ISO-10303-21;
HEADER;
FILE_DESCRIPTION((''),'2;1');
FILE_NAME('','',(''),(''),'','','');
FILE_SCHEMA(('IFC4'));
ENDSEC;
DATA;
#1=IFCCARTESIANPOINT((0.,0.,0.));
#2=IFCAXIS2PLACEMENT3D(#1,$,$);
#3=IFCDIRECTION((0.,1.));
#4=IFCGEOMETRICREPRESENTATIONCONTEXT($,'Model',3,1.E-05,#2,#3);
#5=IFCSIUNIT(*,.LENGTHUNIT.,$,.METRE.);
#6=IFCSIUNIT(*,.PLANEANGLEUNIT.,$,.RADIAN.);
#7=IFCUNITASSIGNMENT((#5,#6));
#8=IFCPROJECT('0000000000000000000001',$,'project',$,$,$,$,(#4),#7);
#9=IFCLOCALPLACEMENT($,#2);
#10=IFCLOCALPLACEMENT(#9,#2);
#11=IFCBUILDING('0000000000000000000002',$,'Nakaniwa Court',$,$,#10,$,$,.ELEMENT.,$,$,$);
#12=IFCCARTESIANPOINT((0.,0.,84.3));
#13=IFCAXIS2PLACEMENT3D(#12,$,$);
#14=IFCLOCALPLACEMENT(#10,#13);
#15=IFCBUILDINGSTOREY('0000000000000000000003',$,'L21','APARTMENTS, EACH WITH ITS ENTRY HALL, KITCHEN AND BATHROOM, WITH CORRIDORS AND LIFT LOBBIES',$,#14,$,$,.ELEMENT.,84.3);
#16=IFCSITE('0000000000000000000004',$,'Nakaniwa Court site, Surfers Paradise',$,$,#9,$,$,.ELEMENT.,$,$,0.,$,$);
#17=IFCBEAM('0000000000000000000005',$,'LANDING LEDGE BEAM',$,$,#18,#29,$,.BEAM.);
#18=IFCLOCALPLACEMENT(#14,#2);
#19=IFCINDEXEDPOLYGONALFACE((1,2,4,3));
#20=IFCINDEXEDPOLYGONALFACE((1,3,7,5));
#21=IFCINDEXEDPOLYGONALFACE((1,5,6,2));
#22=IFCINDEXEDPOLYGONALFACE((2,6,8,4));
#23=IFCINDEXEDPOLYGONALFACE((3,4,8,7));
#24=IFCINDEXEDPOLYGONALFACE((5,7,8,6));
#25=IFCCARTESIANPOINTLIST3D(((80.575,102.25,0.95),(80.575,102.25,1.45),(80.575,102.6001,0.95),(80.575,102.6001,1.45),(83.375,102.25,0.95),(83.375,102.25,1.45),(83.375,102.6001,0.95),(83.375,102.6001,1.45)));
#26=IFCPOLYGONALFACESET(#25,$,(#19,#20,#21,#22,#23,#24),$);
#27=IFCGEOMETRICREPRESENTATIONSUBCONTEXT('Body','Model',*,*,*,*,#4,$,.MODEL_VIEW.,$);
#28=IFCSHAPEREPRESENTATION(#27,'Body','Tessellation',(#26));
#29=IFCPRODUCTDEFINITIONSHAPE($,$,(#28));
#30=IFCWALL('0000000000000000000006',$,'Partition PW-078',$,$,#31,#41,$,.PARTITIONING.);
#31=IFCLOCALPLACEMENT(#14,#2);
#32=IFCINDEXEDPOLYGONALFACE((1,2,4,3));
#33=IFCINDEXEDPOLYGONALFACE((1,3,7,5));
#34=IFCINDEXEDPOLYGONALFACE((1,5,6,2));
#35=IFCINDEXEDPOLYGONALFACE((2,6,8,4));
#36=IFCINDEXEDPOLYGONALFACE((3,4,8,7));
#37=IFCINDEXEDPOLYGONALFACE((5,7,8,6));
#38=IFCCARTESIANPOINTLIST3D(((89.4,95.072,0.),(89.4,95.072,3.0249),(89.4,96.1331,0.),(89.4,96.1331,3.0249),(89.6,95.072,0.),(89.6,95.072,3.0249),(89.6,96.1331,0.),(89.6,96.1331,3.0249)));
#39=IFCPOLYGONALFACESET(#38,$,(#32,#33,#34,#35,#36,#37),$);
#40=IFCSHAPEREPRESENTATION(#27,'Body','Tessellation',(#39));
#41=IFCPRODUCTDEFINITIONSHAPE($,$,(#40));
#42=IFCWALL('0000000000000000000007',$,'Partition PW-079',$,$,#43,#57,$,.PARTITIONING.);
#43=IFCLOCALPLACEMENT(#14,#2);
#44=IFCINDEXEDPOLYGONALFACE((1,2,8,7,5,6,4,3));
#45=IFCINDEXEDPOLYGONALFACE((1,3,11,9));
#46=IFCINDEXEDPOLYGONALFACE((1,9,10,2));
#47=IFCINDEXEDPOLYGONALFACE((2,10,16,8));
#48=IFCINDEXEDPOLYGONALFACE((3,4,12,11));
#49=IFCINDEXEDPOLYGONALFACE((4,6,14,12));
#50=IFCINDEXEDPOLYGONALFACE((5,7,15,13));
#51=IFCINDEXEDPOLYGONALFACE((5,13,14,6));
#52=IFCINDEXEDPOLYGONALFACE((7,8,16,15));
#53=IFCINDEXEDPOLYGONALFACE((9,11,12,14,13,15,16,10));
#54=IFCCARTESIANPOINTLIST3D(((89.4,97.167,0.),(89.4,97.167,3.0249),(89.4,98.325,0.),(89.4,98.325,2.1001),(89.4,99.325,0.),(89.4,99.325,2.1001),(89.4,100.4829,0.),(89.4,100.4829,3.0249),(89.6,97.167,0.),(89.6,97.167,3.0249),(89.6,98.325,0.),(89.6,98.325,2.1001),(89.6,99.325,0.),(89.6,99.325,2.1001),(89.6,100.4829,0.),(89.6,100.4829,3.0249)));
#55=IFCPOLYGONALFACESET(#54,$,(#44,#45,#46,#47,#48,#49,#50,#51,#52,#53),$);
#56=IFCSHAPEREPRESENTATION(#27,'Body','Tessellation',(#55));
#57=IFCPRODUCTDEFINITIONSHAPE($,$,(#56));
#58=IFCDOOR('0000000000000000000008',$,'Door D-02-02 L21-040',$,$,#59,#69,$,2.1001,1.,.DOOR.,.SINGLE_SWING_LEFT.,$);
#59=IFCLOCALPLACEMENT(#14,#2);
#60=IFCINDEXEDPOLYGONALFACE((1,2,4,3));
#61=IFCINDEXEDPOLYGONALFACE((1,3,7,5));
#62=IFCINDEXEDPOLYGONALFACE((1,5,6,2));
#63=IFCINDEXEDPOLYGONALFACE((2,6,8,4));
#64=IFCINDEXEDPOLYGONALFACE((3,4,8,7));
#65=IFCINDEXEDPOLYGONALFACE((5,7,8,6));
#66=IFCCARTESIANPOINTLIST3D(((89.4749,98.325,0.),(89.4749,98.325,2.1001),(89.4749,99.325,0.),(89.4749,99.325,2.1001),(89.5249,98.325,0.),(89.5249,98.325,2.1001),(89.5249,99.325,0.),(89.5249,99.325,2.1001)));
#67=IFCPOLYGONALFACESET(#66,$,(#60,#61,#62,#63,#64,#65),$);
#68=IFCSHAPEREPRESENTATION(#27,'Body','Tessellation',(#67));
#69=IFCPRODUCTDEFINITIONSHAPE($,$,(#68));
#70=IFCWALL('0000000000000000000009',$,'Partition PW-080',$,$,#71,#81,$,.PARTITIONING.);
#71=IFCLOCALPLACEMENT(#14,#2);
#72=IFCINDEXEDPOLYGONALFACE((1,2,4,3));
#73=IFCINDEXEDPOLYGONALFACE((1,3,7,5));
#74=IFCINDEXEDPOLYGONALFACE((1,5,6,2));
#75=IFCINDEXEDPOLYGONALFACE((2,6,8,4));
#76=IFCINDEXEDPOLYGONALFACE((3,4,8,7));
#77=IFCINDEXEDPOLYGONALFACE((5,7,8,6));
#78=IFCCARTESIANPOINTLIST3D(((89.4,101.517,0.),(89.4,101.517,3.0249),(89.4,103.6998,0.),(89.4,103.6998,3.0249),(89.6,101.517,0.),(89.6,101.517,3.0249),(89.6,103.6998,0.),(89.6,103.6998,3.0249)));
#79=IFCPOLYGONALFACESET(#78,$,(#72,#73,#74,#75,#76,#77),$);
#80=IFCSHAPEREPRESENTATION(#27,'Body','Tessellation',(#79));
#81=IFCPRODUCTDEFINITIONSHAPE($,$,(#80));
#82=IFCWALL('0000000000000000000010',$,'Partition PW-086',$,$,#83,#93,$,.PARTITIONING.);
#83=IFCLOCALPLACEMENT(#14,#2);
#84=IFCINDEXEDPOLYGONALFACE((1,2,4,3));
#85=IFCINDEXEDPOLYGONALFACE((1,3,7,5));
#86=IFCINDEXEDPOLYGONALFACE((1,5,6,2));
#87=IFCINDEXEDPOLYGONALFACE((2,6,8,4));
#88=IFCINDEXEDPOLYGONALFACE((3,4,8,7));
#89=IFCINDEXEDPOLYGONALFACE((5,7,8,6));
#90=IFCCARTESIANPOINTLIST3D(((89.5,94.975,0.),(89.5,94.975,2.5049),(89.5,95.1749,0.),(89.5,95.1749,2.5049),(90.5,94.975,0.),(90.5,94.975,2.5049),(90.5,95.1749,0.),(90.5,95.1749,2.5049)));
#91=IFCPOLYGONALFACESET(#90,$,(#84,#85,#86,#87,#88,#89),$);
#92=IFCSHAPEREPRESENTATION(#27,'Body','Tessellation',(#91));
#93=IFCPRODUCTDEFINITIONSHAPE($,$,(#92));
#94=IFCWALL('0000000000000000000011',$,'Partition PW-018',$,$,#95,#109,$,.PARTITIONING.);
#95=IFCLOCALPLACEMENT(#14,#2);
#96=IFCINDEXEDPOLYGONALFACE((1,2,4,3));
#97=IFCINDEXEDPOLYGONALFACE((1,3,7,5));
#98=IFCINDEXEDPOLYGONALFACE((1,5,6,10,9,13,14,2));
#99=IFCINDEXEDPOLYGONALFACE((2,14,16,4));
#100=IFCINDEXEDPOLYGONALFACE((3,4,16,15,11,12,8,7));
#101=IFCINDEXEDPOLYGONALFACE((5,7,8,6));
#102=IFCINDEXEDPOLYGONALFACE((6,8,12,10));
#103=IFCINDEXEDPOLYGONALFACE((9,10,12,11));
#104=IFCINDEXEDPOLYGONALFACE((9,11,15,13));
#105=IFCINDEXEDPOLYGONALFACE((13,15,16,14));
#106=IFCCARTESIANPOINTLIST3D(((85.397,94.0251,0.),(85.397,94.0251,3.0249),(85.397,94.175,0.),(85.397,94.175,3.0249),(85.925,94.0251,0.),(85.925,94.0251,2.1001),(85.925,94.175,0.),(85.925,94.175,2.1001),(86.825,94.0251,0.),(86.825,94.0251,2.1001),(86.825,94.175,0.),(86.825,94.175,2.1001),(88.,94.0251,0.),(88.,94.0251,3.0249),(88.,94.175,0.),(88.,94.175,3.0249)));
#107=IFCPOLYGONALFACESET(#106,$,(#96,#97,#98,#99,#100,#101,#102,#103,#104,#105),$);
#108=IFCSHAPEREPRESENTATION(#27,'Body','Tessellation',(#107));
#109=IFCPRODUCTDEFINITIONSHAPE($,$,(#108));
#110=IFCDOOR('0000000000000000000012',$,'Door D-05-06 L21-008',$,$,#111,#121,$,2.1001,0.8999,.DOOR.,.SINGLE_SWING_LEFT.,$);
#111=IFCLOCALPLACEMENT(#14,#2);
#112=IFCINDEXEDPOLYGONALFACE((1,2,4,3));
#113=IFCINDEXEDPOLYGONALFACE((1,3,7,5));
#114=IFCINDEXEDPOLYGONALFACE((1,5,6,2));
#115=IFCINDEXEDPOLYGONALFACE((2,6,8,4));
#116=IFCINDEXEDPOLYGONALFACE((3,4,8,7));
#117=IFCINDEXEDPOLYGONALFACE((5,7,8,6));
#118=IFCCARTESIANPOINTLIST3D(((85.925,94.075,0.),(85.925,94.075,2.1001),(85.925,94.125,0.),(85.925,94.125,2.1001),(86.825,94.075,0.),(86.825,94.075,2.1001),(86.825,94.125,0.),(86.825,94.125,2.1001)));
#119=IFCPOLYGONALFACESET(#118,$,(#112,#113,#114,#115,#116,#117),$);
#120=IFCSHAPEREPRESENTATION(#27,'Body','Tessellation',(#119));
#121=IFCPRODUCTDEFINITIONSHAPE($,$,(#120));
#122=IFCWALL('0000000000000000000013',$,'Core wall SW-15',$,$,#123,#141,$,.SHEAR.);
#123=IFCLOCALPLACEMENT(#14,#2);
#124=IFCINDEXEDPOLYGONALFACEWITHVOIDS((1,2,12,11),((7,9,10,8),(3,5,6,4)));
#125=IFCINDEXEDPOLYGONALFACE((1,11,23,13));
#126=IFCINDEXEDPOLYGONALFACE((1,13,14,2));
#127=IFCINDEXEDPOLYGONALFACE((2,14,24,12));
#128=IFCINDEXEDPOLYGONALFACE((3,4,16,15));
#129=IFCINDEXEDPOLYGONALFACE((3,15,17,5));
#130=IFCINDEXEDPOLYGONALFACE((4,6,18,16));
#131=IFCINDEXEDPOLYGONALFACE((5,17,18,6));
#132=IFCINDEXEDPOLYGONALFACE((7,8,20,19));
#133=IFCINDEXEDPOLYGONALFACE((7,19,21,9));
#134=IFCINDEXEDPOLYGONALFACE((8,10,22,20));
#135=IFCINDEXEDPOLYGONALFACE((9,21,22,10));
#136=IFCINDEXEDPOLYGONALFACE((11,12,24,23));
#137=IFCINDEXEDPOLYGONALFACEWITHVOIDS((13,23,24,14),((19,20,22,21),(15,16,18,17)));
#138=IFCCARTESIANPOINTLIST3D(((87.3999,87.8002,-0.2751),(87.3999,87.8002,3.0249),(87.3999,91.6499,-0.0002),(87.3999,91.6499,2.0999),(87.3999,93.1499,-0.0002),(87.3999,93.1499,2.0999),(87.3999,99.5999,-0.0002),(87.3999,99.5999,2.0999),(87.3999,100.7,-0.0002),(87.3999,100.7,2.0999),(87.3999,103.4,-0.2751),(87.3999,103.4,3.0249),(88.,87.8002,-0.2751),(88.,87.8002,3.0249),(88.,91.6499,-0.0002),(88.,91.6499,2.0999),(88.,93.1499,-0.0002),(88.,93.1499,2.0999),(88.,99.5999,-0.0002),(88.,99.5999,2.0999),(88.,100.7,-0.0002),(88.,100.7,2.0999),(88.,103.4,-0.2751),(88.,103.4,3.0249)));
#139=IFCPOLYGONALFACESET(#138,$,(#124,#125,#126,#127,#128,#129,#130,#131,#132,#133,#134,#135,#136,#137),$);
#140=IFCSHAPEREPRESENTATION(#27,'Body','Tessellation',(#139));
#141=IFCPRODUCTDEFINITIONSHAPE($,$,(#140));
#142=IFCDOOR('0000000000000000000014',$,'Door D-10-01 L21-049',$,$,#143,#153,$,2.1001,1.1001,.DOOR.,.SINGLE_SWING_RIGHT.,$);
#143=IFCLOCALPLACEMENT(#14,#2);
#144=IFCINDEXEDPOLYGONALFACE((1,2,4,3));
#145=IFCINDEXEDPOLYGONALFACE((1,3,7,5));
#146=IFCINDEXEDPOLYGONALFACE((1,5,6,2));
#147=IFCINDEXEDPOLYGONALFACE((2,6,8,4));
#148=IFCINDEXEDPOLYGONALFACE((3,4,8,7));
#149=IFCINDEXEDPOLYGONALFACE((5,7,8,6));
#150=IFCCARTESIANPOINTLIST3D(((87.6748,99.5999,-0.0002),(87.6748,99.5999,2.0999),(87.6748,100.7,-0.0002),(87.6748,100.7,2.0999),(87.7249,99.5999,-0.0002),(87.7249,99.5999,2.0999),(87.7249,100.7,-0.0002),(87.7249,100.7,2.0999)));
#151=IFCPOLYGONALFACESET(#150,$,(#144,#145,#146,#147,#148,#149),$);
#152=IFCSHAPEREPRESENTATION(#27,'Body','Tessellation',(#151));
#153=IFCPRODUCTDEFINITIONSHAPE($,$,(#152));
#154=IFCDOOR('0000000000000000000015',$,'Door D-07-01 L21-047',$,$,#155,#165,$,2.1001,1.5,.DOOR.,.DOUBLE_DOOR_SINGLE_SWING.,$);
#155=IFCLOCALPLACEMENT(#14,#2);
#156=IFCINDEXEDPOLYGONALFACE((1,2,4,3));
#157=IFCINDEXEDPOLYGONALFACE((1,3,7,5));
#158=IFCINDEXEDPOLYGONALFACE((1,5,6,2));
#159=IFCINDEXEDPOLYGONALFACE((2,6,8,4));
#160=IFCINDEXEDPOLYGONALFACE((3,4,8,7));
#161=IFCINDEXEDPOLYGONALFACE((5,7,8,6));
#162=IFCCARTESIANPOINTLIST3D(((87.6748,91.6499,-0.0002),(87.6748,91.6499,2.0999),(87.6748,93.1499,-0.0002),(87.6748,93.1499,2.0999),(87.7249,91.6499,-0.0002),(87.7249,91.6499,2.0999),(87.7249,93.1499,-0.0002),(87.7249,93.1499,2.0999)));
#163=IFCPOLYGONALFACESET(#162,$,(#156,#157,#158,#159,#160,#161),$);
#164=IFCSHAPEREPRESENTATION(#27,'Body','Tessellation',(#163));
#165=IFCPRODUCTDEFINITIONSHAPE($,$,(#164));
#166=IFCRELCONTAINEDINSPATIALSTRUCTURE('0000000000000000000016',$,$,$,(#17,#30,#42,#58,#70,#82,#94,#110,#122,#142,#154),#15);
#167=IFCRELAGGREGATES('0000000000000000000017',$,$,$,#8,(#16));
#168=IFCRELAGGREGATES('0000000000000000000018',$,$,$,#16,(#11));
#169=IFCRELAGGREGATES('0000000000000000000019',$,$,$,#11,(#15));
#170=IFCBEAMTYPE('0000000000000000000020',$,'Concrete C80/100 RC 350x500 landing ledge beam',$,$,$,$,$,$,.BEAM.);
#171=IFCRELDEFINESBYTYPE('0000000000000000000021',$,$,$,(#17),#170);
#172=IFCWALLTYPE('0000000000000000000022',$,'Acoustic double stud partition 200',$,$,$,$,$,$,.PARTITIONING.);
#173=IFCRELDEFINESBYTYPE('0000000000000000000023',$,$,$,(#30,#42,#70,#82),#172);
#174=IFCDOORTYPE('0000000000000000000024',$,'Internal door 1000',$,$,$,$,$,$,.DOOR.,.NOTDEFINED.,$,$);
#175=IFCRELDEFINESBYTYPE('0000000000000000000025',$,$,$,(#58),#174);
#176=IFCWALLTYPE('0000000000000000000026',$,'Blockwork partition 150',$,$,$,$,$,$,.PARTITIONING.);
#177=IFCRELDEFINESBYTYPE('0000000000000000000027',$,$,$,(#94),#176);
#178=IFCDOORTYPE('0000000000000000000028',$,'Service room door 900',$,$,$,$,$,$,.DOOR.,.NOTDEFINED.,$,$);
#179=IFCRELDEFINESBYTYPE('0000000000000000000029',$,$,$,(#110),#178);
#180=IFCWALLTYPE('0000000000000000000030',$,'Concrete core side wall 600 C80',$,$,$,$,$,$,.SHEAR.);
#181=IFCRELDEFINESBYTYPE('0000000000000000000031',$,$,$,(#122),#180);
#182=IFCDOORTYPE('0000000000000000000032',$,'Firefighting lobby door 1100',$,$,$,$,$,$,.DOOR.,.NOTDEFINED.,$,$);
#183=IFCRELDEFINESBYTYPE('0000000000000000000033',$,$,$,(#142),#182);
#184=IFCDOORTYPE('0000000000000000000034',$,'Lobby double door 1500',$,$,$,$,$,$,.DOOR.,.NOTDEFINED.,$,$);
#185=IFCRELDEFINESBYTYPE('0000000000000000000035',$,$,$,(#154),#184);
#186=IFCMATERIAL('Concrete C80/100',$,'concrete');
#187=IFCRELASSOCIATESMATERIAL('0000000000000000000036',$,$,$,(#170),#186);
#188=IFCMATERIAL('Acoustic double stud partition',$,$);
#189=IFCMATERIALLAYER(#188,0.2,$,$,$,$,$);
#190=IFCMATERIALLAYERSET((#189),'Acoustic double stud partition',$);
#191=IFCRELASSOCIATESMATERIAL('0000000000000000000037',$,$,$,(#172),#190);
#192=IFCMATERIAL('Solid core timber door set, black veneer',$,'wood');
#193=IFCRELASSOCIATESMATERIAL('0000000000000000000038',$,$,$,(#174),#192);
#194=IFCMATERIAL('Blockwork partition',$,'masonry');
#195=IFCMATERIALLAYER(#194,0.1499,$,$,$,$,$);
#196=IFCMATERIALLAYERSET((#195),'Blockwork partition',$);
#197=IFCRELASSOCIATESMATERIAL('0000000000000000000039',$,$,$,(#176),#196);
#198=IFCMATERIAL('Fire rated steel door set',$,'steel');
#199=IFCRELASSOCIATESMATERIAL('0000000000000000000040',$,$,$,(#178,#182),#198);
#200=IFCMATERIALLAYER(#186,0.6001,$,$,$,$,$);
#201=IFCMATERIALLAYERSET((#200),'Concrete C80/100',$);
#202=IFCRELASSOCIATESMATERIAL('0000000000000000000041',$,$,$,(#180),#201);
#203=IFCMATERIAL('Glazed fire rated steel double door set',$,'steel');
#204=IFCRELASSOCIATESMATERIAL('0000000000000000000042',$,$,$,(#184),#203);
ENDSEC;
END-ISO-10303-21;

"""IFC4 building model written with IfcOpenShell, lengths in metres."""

from ifc_helpers import new_model, si_unit, direction, frame, frame_2d, origin, origin_2d, place, context, subcontext, project, spatial, rectangle, extrude, material, layer, layer_set, material_profile, profile_set, type_object, element, fill, save


model = new_model("IFC4")

# Units and contexts
model_context = context("Model", 3, precision=1e-05, world=origin(), true_north=direction((0.0, 1.0)))
body_context = subcontext(model_context, "Body", "Model", "MODEL_VIEW")
ifc_project = project(units=[si_unit("LENGTHUNIT", "METRE"), si_unit("PLANEANGLEUNIT", "RADIAN")], contexts=[model_context])

# Site, building, storey
site_placement = place(None, origin())
site = spatial("IfcSite", under=ifc_project, at=site_placement, Name="Nakaniwa Court site, Surfers Paradise", CompositionType="ELEMENT", RefElevation=0.0)
building_placement = place(site_placement, origin())
building = spatial("IfcBuilding", under=site, at=building_placement, Name="Nakaniwa Court", CompositionType="ELEMENT")
storey_placement = place(building_placement, frame((0.0, 0.0, 84.3)))
storey = spatial("IfcBuildingStorey", under=building, at=storey_placement, Name="L21", Description="APARTMENTS, EACH WITH ITS ENTRY HALL, KITCHEN AND BATHROOM, WITH CORRIDORS AND LIFT LOBBIES", CompositionType="ELEMENT", Elevation=84.3)

# Beam
ifc_material_1 = material(Name="Concrete C80/100", Category="concrete")
ifc_material_profile = material_profile(ifc_material_1, rectangle(XDim=0.3501, YDim=0.5, at=origin_2d()), Name="Concrete C80/100 RC 350x500 landing ledge beam")
ifc_profile_set = profile_set([ifc_material_profile], Name="Concrete C80/100")
beam_type = type_object("IfcBeamType", Name="Concrete C80/100 RC 350x500 landing ledge beam", PredefinedType="BEAM", material=ifc_profile_set)
beam_placement = place(storey_placement, frame((80.575, 102.425, 1.2), z_axis=(1.0, 0.0, 0.0), x_axis=(0.0, 1.0, 0.0)))
element("IfcBeam", 1, at=beam_placement, inside=storey, type_object=beam_type, Name="LANDING LEDGE BEAM", PredefinedType="BEAM", context=body_context, shape_type="SweptSolid", body=[
    extrude(rectangle(XDim=0.3501, YDim=0.5, at=origin_2d()), origin(), (0.0, 0.0, 1.0), 2.8),
])

# Wall
ifc_material_2 = material(Name="Acoustic double stud partition")
ifc_layer_1 = layer(ifc_material_2, 0.2)
ifc_layer_set_1 = layer_set([ifc_layer_1], Name="Acoustic double stud partition")
wall_type_1 = type_object("IfcWallType", Name="Acoustic double stud partition 200", PredefinedType="PARTITIONING", material=ifc_layer_set_1)
wall_1_placement = place(storey_placement, frame((89.5, 95.072, 0.0), z_axis=(0.0, 0.0, 1.0), x_axis=(0.0, 1.0, 0.0)))
element("IfcWall", 2, at=wall_1_placement, inside=storey, type_object=wall_type_1, Name="Partition PW-078", PredefinedType="PARTITIONING", context=body_context, shape_type="SweptSolid", body=[
    extrude(rectangle(XDim=1.061, YDim=0.2, at=frame_2d((0.5305, 0.0))), origin(), (0.0, 0.0, 1.0), 3.0249),
])

# Wall, opening, door
wall_2_placement = place(storey_placement, frame((89.5, 100.4829, 0.0), z_axis=(0.0, 0.0, 1.0), x_axis=(0.0, -1.0, 0.0)))
wall_2 = element("IfcWall", 3, at=wall_2_placement, inside=storey, type_object=wall_type_1, Name="Partition PW-079", PredefinedType="PARTITIONING", context=body_context, shape_type="SweptSolid", body=[
    extrude(rectangle(XDim=3.3159, YDim=0.2, at=frame_2d((1.658, 0.0))), origin(), (0.0, 0.0, 1.0), 3.0249),
])
opening_1_placement = place(wall_2_placement, frame((1.158, 0.0, 0.0)))
opening_1 = element("IfcOpeningElement", 4, at=opening_1_placement, cuts=wall_2, PredefinedType="OPENING", context=body_context, shape_type="SweptSolid", body=[
    extrude(rectangle(XDim=1.0, YDim=2.1001, at=frame_2d((0.5, 1.05))), frame((0.0, 0.1099, 0.0), z_axis=(0.0, -1.0, 0.0), x_axis=(1.0, 0.0, 0.0)), (0.0, 0.0, 1.0), 0.22),
])
ifc_material_3 = material(Name="Solid core timber door set, black veneer", Category="wood")
door_type_1 = type_object("IfcDoorType", Name="Internal door 1000", OperationType="NOTDEFINED", PredefinedType="DOOR", material=ifc_material_3)
door_1_placement = place(opening_1_placement, origin())
door_1 = element("IfcDoor", 5, at=door_1_placement, inside=storey, type_object=door_type_1, Name="Door D-02-02 L21-040", OperationType="SINGLE_SWING_LEFT", OverallHeight=2.1001, OverallWidth=1.0, PredefinedType="DOOR", context=body_context, shape_type="SweptSolid", body=[
    extrude(rectangle(XDim=1.0, YDim=2.1001, at=frame_2d((0.5, 1.05))), frame((0.0, 0.0249, 0.0), z_axis=(0.0, -1.0, 0.0), x_axis=(1.0, 0.0, 0.0)), (0.0, 0.0, 1.0), 0.05),
])
fill(opening_1, door_1)

# Walls
wall_3_placement = place(storey_placement, frame((89.5, 101.5171, 0.0), z_axis=(0.0, 0.0, 1.0), x_axis=(0.0, 1.0, 0.0)))
element("IfcWall", 6, at=wall_3_placement, inside=storey, type_object=wall_type_1, Name="Partition PW-080", PredefinedType="PARTITIONING", context=body_context, shape_type="SweptSolid", body=[
    extrude(rectangle(XDim=2.1829, YDim=0.2, at=frame_2d((1.0913, 0.0))), origin(), (0.0, 0.0, 1.0), 3.0249),
])
wall_4_placement = place(storey_placement, frame((89.5, 95.075, 0.0), z_axis=(0.0, 0.0, 1.0), x_axis=(1.0, 0.0, 0.0)))
element("IfcWall", 7, at=wall_4_placement, inside=storey, type_object=wall_type_1, Name="Partition PW-086", PredefinedType="PARTITIONING", context=body_context, shape_type="SweptSolid", body=[
    extrude(rectangle(XDim=1.0, YDim=0.2, at=frame_2d((0.5, 0.0))), origin(), (0.0, 0.0, 1.0), 2.5049),
])

# Wall, opening, door
ifc_material_4 = material(Name="Blockwork partition", Category="masonry")
ifc_layer_2 = layer(ifc_material_4, 0.1499)
ifc_layer_set_2 = layer_set([ifc_layer_2], Name="Blockwork partition")
wall_type_2 = type_object("IfcWallType", Name="Blockwork partition 150", PredefinedType="PARTITIONING", material=ifc_layer_set_2)
wall_5_placement = place(storey_placement, frame((85.397, 94.1001, 0.0), z_axis=(0.0, 0.0, 1.0), x_axis=(1.0, 0.0, 0.0)))
wall_5 = element("IfcWall", 8, at=wall_5_placement, inside=storey, type_object=wall_type_2, Name="Partition PW-018", PredefinedType="PARTITIONING", context=body_context, shape_type="SweptSolid", body=[
    extrude(rectangle(XDim=2.603, YDim=0.1499, at=frame_2d((1.3015, 0.0))), origin(), (0.0, 0.0, 1.0), 3.0249),
])
opening_2_placement = place(wall_5_placement, frame((0.5281, 0.0, 0.0)))
opening_2 = element("IfcOpeningElement", 9, at=opening_2_placement, cuts=wall_5, PredefinedType="OPENING", context=body_context, shape_type="SweptSolid", body=[
    extrude(rectangle(XDim=0.8999, YDim=2.1001, at=frame_2d((0.45, 1.05))), frame((0.0, 0.085, 0.0), z_axis=(0.0, -1.0, 0.0), x_axis=(1.0, 0.0, 0.0)), (0.0, 0.0, 1.0), 0.1699),
])
ifc_material_5 = material(Name="Fire rated steel door set", Category="steel")
door_type_2 = type_object("IfcDoorType", Name="Service room door 900", OperationType="NOTDEFINED", PredefinedType="DOOR", material=ifc_material_5)
door_2_placement = place(opening_2_placement, origin())
door_2 = element("IfcDoor", 10, at=door_2_placement, inside=storey, type_object=door_type_2, Name="Door D-05-06 L21-008", OperationType="SINGLE_SWING_LEFT", OverallHeight=2.1001, OverallWidth=0.8999, PredefinedType="DOOR", context=body_context, shape_type="SweptSolid", body=[
    extrude(rectangle(XDim=0.8999, YDim=2.1001, at=frame_2d((0.45, 1.05))), frame((0.0, 0.0249, 0.0), z_axis=(0.0, -1.0, 0.0), x_axis=(1.0, 0.0, 0.0)), (0.0, 0.0, 1.0), 0.05),
])
fill(opening_2, door_2)

# Wall, openings, doors
ifc_layer_3 = layer(ifc_material_1, 0.6001)
ifc_layer_set_3 = layer_set([ifc_layer_3], Name="Concrete C80/100")
wall_type_3 = type_object("IfcWallType", Name="Concrete core side wall 600 C80", PredefinedType="SHEAR", material=ifc_layer_set_3)
wall_6_placement = place(storey_placement, frame((87.7, 103.3999, -0.2751), z_axis=(0.0, 0.0, 1.0), x_axis=(0.0, -1.0, 0.0)))
wall_6 = element("IfcWall", 11, at=wall_6_placement, inside=storey, type_object=wall_type_3, Name="Core wall SW-15", PredefinedType="SHEAR", context=body_context, shape_type="SweptSolid", body=[
    extrude(rectangle(XDim=15.5999, YDim=0.6001, at=frame_2d((7.7998, 0.0))), origin(), (0.0, 0.0, 1.0), 3.3),
])
opening_3_placement = place(wall_6_placement, frame((10.25, 0.0, 0.2749)))
opening_3 = element("IfcOpeningElement", 12, at=opening_3_placement, cuts=wall_6, PredefinedType="OPENING", context=body_context, shape_type="SweptSolid", body=[
    extrude(rectangle(XDim=1.5, YDim=2.1001, at=frame_2d((0.75, 1.05))), frame((0.0, 0.3101, 0.0), z_axis=(0.0, -1.0, 0.0), x_axis=(1.0, 0.0, 0.0)), (0.0, 0.0, 1.0), 0.6201),
])
opening_4_placement = place(wall_6_placement, frame((2.7, 0.0, 0.2749)))
opening_4 = element("IfcOpeningElement", 13, at=opening_4_placement, cuts=wall_6, PredefinedType="OPENING", context=body_context, shape_type="SweptSolid", body=[
    extrude(rectangle(XDim=1.1001, YDim=2.1001, at=frame_2d((0.55, 1.05))), frame((0.0, 0.3101, 0.0), z_axis=(0.0, -1.0, 0.0), x_axis=(1.0, 0.0, 0.0)), (0.0, 0.0, 1.0), 0.6201),
])
door_type_3 = type_object("IfcDoorType", Name="Firefighting lobby door 1100", OperationType="NOTDEFINED", PredefinedType="DOOR", material=ifc_material_5)
door_3_placement = place(opening_4_placement, origin())
door_3 = element("IfcDoor", 14, at=door_3_placement, inside=storey, type_object=door_type_3, Name="Door D-10-01 L21-049", OperationType="SINGLE_SWING_RIGHT", OverallHeight=2.1001, OverallWidth=1.1001, PredefinedType="DOOR", context=body_context, shape_type="SweptSolid", body=[
    extrude(rectangle(XDim=1.1001, YDim=2.1001, at=frame_2d((0.55, 1.05))), frame((0.0, 0.0249, 0.0), z_axis=(0.0, -1.0, 0.0), x_axis=(1.0, 0.0, 0.0)), (0.0, 0.0, 1.0), 0.05),
])
fill(opening_4, door_3)
ifc_material_6 = material(Name="Glazed fire rated steel double door set", Category="steel")
door_type_4 = type_object("IfcDoorType", Name="Lobby double door 1500", OperationType="NOTDEFINED", PredefinedType="DOOR", material=ifc_material_6)
door_4_placement = place(opening_3_placement, origin())
door_4 = element("IfcDoor", 15, at=door_4_placement, inside=storey, type_object=door_type_4, Name="Door D-07-01 L21-047", OperationType="DOUBLE_DOOR_SINGLE_SWING", OverallHeight=2.1001, OverallWidth=1.5, PredefinedType="DOOR", context=body_context, shape_type="SweptSolid", body=[
    extrude(rectangle(XDim=1.5, YDim=2.1001, at=frame_2d((0.75, 1.05))), frame((0.0, 0.0249, 0.0), z_axis=(0.0, -1.0, 0.0), x_axis=(1.0, 0.0, 0.0)), (0.0, 0.0, 1.0), 0.05),
])
fill(opening_3, door_4)

save(model, "model.ifc")
